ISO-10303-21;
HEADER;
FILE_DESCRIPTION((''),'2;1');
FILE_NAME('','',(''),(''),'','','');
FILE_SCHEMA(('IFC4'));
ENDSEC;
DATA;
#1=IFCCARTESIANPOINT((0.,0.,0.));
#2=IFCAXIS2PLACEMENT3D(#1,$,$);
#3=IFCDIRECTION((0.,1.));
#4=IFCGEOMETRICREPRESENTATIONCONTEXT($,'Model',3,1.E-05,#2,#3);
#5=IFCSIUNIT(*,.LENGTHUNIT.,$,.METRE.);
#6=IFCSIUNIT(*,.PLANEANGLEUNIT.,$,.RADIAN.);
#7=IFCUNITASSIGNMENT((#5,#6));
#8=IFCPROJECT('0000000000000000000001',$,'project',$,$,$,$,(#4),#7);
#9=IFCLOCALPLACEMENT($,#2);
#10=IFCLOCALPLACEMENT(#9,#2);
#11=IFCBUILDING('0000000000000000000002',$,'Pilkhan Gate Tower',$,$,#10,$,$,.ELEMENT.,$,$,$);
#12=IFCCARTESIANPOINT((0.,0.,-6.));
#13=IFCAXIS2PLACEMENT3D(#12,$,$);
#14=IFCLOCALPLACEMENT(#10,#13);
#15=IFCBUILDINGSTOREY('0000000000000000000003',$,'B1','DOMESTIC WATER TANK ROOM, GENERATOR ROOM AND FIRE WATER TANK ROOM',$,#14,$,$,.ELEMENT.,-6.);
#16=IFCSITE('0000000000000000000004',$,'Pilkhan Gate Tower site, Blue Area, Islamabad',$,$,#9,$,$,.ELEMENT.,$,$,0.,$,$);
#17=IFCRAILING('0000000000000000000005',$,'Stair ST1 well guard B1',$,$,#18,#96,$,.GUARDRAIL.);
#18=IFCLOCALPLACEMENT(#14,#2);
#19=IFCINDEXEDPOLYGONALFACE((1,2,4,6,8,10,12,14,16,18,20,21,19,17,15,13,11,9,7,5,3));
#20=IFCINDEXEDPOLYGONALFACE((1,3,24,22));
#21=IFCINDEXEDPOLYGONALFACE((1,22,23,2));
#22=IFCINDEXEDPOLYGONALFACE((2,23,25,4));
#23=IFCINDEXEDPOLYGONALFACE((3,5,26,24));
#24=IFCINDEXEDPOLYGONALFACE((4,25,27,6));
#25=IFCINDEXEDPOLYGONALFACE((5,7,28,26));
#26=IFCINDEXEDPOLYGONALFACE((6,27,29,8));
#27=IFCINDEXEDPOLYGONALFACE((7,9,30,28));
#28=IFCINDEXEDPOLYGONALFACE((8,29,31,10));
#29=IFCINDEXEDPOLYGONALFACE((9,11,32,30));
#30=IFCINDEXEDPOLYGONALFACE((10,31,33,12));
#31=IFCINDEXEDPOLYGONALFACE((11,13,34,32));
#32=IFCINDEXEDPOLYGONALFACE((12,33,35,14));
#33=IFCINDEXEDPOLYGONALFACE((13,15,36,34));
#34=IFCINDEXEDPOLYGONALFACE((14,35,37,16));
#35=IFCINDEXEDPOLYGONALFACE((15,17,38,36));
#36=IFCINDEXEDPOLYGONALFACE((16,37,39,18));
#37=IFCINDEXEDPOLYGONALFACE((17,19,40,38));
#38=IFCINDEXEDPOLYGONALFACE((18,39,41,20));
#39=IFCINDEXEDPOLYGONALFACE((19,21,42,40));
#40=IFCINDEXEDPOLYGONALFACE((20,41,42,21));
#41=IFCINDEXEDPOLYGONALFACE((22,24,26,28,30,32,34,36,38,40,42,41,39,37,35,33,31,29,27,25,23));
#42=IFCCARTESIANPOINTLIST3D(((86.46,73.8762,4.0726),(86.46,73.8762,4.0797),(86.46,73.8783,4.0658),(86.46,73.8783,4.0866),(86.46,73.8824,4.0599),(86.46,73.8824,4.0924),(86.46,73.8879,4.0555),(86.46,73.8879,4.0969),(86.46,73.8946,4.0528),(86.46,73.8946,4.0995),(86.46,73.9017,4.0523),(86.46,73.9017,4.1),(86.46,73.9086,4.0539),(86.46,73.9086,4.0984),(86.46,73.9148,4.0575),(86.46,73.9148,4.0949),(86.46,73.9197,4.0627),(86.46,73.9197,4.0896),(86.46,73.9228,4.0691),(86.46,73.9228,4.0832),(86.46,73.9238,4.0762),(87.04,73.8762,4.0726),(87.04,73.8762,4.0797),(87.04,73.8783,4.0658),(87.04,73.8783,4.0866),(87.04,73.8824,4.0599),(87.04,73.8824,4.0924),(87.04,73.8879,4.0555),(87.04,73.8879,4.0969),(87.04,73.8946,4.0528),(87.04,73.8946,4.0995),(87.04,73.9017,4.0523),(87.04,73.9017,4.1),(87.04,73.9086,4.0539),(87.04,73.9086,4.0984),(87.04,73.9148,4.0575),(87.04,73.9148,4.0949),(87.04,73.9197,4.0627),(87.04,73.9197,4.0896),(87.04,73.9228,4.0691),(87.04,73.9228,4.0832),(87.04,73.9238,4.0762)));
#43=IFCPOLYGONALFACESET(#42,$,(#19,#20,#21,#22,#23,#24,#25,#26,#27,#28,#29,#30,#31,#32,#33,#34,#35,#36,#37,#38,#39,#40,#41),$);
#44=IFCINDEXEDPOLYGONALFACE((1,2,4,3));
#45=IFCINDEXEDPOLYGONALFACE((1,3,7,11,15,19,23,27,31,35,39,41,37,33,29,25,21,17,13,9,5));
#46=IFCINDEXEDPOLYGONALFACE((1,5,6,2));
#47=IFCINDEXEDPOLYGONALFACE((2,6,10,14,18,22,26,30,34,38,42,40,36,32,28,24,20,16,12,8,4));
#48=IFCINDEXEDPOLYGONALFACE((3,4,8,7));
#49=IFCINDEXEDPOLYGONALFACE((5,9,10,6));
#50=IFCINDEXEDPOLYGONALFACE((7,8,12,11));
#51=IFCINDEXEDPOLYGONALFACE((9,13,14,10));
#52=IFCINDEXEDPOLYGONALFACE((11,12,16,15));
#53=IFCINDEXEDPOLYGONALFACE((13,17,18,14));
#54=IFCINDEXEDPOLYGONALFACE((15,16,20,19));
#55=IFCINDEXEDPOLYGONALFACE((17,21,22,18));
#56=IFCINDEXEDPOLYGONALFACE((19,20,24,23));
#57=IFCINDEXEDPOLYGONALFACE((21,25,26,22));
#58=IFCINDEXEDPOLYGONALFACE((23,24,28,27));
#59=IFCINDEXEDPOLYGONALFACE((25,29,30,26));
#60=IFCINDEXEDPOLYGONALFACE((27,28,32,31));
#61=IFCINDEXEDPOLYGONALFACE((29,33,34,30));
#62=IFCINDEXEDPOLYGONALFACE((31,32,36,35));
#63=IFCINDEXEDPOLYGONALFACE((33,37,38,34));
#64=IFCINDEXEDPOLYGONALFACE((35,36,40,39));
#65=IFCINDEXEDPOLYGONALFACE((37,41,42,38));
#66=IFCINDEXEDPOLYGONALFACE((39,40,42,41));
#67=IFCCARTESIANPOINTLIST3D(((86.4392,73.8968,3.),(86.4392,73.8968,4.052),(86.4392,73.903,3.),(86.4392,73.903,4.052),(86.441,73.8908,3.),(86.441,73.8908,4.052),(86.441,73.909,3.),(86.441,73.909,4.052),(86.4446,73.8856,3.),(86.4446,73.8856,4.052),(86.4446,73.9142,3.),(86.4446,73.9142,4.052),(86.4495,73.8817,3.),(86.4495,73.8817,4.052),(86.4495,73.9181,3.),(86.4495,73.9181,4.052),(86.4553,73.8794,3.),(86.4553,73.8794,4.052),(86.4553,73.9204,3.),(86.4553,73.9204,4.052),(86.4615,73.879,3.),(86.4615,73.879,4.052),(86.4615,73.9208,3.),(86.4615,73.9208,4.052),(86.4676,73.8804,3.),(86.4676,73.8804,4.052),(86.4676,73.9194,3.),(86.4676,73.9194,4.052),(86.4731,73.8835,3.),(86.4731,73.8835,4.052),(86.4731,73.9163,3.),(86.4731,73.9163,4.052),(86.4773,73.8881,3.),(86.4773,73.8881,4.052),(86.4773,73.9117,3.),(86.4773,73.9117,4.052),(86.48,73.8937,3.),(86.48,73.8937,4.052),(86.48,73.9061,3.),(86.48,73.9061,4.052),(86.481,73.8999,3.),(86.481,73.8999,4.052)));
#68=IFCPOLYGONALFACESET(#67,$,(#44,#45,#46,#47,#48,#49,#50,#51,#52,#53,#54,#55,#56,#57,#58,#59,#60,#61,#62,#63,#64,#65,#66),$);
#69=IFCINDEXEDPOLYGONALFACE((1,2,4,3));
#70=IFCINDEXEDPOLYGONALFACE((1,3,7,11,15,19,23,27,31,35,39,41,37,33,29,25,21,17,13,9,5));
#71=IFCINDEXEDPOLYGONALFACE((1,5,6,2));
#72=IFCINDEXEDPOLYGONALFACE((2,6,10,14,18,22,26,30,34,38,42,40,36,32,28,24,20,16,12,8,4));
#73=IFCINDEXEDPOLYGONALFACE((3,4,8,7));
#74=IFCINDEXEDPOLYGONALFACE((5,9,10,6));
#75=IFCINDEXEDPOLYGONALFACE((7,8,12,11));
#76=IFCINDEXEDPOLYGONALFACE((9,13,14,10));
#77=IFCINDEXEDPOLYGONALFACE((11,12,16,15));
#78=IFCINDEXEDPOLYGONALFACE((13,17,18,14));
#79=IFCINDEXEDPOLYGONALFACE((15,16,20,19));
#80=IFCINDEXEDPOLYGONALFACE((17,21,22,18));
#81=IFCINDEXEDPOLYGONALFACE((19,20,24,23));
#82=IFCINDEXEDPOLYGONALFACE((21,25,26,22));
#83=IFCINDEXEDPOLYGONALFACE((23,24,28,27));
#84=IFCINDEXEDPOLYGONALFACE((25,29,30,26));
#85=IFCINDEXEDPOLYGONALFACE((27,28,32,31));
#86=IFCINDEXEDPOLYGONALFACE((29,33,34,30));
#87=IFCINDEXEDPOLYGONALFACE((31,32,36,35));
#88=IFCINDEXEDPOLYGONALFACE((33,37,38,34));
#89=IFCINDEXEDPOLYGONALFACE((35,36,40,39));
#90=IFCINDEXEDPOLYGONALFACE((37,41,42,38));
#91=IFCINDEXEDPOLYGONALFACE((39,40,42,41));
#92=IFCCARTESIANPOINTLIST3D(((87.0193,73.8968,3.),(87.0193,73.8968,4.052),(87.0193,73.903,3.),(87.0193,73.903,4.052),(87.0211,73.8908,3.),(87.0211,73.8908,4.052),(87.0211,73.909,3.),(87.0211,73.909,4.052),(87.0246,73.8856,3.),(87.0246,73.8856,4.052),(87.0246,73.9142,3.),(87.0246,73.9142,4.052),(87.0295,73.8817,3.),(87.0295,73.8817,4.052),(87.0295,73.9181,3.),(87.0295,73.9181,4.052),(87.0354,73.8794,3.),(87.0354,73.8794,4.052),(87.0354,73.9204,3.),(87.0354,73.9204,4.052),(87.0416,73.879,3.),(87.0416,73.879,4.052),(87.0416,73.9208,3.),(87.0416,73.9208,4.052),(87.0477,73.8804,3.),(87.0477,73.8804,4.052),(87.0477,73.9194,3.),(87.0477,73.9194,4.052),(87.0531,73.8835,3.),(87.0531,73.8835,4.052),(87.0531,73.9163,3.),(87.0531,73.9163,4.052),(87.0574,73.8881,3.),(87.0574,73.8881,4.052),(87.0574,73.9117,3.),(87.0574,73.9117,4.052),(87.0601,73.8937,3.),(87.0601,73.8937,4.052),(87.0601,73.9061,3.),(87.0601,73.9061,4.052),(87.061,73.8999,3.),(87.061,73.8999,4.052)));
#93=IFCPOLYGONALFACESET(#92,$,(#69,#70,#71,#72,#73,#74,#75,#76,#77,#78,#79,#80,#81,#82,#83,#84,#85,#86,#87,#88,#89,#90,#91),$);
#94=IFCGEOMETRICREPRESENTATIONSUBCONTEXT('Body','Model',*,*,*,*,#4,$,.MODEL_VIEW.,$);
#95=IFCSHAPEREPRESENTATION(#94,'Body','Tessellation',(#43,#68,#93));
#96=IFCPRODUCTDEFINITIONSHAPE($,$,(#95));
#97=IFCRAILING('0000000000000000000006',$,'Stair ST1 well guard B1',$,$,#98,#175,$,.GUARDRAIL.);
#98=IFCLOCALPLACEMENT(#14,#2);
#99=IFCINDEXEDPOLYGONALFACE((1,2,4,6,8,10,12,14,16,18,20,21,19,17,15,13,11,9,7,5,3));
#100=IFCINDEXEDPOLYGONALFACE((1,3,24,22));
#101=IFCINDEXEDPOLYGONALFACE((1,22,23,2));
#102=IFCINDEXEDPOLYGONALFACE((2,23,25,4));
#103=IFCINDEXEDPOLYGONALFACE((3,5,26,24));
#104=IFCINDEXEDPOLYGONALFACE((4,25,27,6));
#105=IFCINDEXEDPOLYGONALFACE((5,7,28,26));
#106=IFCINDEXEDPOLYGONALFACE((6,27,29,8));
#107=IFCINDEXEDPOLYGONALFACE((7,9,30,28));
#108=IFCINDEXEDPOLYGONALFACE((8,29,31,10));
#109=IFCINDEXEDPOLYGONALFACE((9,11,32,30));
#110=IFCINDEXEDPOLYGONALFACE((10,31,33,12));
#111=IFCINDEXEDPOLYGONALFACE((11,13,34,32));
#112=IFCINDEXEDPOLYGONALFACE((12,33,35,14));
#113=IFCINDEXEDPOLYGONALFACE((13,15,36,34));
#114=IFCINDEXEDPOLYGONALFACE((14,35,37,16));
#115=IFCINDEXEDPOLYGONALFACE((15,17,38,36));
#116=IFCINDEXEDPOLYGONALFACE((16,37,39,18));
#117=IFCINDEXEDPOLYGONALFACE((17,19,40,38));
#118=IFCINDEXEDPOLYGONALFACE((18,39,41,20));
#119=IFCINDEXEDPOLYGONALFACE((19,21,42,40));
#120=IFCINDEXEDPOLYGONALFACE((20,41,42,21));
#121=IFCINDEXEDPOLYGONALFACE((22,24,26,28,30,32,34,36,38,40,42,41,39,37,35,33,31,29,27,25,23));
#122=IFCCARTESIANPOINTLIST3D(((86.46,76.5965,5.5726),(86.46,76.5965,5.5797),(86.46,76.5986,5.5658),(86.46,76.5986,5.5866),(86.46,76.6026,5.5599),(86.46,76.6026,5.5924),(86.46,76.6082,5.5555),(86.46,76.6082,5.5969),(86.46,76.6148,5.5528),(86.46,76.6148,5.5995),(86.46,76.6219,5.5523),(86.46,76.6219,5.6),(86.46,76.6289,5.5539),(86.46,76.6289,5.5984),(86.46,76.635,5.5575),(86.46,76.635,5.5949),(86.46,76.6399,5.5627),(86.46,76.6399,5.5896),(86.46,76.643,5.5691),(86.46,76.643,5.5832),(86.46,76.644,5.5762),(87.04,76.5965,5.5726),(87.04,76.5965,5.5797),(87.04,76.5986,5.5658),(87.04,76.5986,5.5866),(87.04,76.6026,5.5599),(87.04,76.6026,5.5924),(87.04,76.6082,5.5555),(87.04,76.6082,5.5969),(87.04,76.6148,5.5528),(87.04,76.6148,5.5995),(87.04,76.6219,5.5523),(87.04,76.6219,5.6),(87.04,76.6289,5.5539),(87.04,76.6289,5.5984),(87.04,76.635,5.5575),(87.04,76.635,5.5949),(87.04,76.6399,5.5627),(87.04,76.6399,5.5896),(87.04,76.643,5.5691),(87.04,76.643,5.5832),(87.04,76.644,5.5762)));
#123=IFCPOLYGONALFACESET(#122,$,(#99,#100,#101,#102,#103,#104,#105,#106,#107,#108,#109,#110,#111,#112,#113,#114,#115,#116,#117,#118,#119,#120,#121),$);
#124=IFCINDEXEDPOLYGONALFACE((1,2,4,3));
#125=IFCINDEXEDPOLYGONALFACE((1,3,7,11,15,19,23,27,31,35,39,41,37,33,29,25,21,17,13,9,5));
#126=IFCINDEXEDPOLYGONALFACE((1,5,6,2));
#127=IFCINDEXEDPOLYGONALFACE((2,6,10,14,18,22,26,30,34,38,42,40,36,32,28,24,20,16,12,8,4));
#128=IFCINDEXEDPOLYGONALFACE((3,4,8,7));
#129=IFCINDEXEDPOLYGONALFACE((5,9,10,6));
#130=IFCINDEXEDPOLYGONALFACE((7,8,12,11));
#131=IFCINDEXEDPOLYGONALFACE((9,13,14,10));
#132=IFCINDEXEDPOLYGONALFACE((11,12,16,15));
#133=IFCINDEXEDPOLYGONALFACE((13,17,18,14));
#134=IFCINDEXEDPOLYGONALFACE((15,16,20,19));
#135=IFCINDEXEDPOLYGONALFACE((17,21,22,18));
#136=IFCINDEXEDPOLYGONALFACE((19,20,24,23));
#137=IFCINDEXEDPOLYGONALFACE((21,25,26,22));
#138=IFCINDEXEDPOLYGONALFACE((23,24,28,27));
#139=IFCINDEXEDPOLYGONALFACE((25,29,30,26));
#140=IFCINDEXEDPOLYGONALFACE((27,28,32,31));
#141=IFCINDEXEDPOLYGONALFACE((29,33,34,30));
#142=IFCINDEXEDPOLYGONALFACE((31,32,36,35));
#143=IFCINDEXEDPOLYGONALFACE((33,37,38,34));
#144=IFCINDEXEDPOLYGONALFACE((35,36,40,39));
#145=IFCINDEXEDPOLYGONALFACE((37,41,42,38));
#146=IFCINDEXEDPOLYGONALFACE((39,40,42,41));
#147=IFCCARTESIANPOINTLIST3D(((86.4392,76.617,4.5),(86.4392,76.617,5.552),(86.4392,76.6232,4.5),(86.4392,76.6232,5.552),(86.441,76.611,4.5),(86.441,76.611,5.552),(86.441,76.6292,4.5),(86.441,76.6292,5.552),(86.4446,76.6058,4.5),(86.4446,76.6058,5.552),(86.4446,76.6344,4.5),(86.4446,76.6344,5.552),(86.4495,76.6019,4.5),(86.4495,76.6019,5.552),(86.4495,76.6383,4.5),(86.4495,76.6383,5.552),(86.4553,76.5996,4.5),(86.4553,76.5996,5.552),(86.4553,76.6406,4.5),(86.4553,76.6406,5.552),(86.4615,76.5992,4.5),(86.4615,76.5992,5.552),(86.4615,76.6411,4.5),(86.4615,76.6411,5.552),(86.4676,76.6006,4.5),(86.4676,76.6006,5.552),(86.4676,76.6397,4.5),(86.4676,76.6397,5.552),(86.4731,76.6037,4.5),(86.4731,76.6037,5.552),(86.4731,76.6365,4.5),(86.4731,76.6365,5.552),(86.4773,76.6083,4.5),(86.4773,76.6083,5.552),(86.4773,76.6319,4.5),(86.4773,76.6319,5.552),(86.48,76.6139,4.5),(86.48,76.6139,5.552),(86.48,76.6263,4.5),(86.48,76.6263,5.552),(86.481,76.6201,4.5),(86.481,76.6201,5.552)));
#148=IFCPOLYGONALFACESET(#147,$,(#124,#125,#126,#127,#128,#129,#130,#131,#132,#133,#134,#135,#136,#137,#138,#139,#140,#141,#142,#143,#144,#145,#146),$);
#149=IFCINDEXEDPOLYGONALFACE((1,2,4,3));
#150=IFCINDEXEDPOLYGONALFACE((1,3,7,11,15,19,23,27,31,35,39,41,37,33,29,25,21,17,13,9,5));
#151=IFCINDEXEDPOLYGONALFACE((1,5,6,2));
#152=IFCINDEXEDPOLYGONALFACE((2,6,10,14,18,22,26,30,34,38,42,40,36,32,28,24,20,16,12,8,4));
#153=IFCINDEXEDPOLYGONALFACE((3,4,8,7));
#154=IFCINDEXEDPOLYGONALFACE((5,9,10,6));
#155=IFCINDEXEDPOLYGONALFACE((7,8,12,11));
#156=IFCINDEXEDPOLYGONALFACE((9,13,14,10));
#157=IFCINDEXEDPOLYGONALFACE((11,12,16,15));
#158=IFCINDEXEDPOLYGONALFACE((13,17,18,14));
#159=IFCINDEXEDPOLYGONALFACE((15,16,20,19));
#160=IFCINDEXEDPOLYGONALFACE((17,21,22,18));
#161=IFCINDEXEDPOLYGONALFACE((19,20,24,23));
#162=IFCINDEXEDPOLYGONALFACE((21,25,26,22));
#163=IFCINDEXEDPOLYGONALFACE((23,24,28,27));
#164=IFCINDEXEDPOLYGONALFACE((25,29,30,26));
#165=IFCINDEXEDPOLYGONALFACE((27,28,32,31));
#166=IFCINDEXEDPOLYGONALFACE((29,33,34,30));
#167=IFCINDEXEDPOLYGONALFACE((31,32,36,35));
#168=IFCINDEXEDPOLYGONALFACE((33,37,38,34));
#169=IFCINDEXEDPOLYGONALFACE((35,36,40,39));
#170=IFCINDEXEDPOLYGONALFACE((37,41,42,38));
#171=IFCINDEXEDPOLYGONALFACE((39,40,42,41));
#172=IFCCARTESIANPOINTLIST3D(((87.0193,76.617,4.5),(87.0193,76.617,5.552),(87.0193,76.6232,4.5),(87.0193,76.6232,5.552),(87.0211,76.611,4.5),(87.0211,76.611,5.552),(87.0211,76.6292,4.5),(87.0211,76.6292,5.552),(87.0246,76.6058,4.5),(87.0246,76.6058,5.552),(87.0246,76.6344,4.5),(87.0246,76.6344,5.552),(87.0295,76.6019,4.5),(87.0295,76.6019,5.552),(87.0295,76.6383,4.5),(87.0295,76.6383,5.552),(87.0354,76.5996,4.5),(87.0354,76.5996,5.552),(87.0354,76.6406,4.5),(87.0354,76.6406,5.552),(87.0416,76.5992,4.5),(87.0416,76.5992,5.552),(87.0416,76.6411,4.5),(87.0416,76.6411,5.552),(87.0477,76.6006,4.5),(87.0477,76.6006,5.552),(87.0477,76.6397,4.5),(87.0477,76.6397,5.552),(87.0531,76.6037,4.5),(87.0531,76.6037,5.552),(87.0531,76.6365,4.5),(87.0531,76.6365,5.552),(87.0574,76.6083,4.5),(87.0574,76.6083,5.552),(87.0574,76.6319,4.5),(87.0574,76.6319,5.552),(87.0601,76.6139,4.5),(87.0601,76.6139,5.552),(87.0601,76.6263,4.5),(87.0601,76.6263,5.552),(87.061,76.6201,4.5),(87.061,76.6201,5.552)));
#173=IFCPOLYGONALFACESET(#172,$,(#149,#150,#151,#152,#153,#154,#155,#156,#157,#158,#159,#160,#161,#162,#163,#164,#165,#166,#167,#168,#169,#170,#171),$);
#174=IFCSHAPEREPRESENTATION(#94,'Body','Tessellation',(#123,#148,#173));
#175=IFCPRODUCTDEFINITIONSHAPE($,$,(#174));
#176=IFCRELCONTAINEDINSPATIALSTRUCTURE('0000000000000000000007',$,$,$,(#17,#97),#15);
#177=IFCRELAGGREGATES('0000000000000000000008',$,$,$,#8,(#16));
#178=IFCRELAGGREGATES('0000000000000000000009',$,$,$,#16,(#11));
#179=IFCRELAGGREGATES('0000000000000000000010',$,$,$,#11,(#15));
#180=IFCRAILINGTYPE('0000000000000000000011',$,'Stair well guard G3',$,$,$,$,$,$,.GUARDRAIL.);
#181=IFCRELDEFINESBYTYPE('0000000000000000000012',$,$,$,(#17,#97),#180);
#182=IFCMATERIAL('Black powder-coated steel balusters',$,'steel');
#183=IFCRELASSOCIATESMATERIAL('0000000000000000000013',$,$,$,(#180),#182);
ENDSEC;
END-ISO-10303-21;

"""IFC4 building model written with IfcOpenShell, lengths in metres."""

from ifc_helpers import new_model, si_unit, direction, frame, origin, origin_2d, place, context, subcontext, project, spatial, circle, extrude, material, type_object, element, save


model = new_model("IFC4")

# Units and contexts
model_context = context("Model", 3, precision=1e-05, world=origin(), true_north=direction((0.0, 1.0)))
body_context = subcontext(model_context, "Body", "Model", "MODEL_VIEW")
ifc_project = project(units=[si_unit("LENGTHUNIT", "METRE"), si_unit("PLANEANGLEUNIT", "RADIAN")], contexts=[model_context])

# Site, building, storey
site_placement = place(None, origin())
site = spatial("IfcSite", under=ifc_project, at=site_placement, Name="Pilkhan Gate Tower site, Blue Area, Islamabad", CompositionType="ELEMENT", RefElevation=0.0)
building_placement = place(site_placement, origin())
building = spatial("IfcBuilding", under=site, at=building_placement, Name="Pilkhan Gate Tower", CompositionType="ELEMENT")
storey_placement = place(building_placement, frame((0.0, 0.0, -6.0)))
storey = spatial("IfcBuildingStorey", under=building, at=storey_placement, Name="B1", Description="DOMESTIC WATER TANK ROOM, GENERATOR ROOM AND FIRE WATER TANK ROOM", CompositionType="ELEMENT", Elevation=-6.0)

# Railings
ifc_material_1 = material(Name="Black powder-coated steel balusters", Category="steel")
railing_type = type_object("IfcRailingType", Name="Stair well guard G3", PredefinedType="GUARDRAIL", material=ifc_material_1)
for number, where, name in (
    (1, (86.46, 73.8999, 3.0), "Stair ST1 well guard B1"),
    (2, (86.46, 76.6201, 4.5), "Stair ST1 well guard B1"),
):
    element("IfcRailing", number, at=place(storey_placement, frame(where)), inside=storey, type_object=railing_type, Name=name, PredefinedType="GUARDRAIL", context=body_context, shape_type="SweptSolid", body=[
        extrude(circle(Radius=0.0239, at=origin_2d()), frame((0.0, 0.0, 1.0762), z_axis=(1.0, 0.0, 0.0), x_axis=(0.0, 1.0, 0.0)), (0.0, 0.0, 1.0), 0.5801),
        extrude(circle(Radius=0.021, at=origin_2d()), origin(), (0.0, 0.0, 1.0), 1.052),
        extrude(circle(Radius=0.021, at=origin_2d()), frame((0.5801, 0.0, 0.0)), (0.0, 0.0, 1.0), 1.052),
    ])

save(model, "model.ifc")
